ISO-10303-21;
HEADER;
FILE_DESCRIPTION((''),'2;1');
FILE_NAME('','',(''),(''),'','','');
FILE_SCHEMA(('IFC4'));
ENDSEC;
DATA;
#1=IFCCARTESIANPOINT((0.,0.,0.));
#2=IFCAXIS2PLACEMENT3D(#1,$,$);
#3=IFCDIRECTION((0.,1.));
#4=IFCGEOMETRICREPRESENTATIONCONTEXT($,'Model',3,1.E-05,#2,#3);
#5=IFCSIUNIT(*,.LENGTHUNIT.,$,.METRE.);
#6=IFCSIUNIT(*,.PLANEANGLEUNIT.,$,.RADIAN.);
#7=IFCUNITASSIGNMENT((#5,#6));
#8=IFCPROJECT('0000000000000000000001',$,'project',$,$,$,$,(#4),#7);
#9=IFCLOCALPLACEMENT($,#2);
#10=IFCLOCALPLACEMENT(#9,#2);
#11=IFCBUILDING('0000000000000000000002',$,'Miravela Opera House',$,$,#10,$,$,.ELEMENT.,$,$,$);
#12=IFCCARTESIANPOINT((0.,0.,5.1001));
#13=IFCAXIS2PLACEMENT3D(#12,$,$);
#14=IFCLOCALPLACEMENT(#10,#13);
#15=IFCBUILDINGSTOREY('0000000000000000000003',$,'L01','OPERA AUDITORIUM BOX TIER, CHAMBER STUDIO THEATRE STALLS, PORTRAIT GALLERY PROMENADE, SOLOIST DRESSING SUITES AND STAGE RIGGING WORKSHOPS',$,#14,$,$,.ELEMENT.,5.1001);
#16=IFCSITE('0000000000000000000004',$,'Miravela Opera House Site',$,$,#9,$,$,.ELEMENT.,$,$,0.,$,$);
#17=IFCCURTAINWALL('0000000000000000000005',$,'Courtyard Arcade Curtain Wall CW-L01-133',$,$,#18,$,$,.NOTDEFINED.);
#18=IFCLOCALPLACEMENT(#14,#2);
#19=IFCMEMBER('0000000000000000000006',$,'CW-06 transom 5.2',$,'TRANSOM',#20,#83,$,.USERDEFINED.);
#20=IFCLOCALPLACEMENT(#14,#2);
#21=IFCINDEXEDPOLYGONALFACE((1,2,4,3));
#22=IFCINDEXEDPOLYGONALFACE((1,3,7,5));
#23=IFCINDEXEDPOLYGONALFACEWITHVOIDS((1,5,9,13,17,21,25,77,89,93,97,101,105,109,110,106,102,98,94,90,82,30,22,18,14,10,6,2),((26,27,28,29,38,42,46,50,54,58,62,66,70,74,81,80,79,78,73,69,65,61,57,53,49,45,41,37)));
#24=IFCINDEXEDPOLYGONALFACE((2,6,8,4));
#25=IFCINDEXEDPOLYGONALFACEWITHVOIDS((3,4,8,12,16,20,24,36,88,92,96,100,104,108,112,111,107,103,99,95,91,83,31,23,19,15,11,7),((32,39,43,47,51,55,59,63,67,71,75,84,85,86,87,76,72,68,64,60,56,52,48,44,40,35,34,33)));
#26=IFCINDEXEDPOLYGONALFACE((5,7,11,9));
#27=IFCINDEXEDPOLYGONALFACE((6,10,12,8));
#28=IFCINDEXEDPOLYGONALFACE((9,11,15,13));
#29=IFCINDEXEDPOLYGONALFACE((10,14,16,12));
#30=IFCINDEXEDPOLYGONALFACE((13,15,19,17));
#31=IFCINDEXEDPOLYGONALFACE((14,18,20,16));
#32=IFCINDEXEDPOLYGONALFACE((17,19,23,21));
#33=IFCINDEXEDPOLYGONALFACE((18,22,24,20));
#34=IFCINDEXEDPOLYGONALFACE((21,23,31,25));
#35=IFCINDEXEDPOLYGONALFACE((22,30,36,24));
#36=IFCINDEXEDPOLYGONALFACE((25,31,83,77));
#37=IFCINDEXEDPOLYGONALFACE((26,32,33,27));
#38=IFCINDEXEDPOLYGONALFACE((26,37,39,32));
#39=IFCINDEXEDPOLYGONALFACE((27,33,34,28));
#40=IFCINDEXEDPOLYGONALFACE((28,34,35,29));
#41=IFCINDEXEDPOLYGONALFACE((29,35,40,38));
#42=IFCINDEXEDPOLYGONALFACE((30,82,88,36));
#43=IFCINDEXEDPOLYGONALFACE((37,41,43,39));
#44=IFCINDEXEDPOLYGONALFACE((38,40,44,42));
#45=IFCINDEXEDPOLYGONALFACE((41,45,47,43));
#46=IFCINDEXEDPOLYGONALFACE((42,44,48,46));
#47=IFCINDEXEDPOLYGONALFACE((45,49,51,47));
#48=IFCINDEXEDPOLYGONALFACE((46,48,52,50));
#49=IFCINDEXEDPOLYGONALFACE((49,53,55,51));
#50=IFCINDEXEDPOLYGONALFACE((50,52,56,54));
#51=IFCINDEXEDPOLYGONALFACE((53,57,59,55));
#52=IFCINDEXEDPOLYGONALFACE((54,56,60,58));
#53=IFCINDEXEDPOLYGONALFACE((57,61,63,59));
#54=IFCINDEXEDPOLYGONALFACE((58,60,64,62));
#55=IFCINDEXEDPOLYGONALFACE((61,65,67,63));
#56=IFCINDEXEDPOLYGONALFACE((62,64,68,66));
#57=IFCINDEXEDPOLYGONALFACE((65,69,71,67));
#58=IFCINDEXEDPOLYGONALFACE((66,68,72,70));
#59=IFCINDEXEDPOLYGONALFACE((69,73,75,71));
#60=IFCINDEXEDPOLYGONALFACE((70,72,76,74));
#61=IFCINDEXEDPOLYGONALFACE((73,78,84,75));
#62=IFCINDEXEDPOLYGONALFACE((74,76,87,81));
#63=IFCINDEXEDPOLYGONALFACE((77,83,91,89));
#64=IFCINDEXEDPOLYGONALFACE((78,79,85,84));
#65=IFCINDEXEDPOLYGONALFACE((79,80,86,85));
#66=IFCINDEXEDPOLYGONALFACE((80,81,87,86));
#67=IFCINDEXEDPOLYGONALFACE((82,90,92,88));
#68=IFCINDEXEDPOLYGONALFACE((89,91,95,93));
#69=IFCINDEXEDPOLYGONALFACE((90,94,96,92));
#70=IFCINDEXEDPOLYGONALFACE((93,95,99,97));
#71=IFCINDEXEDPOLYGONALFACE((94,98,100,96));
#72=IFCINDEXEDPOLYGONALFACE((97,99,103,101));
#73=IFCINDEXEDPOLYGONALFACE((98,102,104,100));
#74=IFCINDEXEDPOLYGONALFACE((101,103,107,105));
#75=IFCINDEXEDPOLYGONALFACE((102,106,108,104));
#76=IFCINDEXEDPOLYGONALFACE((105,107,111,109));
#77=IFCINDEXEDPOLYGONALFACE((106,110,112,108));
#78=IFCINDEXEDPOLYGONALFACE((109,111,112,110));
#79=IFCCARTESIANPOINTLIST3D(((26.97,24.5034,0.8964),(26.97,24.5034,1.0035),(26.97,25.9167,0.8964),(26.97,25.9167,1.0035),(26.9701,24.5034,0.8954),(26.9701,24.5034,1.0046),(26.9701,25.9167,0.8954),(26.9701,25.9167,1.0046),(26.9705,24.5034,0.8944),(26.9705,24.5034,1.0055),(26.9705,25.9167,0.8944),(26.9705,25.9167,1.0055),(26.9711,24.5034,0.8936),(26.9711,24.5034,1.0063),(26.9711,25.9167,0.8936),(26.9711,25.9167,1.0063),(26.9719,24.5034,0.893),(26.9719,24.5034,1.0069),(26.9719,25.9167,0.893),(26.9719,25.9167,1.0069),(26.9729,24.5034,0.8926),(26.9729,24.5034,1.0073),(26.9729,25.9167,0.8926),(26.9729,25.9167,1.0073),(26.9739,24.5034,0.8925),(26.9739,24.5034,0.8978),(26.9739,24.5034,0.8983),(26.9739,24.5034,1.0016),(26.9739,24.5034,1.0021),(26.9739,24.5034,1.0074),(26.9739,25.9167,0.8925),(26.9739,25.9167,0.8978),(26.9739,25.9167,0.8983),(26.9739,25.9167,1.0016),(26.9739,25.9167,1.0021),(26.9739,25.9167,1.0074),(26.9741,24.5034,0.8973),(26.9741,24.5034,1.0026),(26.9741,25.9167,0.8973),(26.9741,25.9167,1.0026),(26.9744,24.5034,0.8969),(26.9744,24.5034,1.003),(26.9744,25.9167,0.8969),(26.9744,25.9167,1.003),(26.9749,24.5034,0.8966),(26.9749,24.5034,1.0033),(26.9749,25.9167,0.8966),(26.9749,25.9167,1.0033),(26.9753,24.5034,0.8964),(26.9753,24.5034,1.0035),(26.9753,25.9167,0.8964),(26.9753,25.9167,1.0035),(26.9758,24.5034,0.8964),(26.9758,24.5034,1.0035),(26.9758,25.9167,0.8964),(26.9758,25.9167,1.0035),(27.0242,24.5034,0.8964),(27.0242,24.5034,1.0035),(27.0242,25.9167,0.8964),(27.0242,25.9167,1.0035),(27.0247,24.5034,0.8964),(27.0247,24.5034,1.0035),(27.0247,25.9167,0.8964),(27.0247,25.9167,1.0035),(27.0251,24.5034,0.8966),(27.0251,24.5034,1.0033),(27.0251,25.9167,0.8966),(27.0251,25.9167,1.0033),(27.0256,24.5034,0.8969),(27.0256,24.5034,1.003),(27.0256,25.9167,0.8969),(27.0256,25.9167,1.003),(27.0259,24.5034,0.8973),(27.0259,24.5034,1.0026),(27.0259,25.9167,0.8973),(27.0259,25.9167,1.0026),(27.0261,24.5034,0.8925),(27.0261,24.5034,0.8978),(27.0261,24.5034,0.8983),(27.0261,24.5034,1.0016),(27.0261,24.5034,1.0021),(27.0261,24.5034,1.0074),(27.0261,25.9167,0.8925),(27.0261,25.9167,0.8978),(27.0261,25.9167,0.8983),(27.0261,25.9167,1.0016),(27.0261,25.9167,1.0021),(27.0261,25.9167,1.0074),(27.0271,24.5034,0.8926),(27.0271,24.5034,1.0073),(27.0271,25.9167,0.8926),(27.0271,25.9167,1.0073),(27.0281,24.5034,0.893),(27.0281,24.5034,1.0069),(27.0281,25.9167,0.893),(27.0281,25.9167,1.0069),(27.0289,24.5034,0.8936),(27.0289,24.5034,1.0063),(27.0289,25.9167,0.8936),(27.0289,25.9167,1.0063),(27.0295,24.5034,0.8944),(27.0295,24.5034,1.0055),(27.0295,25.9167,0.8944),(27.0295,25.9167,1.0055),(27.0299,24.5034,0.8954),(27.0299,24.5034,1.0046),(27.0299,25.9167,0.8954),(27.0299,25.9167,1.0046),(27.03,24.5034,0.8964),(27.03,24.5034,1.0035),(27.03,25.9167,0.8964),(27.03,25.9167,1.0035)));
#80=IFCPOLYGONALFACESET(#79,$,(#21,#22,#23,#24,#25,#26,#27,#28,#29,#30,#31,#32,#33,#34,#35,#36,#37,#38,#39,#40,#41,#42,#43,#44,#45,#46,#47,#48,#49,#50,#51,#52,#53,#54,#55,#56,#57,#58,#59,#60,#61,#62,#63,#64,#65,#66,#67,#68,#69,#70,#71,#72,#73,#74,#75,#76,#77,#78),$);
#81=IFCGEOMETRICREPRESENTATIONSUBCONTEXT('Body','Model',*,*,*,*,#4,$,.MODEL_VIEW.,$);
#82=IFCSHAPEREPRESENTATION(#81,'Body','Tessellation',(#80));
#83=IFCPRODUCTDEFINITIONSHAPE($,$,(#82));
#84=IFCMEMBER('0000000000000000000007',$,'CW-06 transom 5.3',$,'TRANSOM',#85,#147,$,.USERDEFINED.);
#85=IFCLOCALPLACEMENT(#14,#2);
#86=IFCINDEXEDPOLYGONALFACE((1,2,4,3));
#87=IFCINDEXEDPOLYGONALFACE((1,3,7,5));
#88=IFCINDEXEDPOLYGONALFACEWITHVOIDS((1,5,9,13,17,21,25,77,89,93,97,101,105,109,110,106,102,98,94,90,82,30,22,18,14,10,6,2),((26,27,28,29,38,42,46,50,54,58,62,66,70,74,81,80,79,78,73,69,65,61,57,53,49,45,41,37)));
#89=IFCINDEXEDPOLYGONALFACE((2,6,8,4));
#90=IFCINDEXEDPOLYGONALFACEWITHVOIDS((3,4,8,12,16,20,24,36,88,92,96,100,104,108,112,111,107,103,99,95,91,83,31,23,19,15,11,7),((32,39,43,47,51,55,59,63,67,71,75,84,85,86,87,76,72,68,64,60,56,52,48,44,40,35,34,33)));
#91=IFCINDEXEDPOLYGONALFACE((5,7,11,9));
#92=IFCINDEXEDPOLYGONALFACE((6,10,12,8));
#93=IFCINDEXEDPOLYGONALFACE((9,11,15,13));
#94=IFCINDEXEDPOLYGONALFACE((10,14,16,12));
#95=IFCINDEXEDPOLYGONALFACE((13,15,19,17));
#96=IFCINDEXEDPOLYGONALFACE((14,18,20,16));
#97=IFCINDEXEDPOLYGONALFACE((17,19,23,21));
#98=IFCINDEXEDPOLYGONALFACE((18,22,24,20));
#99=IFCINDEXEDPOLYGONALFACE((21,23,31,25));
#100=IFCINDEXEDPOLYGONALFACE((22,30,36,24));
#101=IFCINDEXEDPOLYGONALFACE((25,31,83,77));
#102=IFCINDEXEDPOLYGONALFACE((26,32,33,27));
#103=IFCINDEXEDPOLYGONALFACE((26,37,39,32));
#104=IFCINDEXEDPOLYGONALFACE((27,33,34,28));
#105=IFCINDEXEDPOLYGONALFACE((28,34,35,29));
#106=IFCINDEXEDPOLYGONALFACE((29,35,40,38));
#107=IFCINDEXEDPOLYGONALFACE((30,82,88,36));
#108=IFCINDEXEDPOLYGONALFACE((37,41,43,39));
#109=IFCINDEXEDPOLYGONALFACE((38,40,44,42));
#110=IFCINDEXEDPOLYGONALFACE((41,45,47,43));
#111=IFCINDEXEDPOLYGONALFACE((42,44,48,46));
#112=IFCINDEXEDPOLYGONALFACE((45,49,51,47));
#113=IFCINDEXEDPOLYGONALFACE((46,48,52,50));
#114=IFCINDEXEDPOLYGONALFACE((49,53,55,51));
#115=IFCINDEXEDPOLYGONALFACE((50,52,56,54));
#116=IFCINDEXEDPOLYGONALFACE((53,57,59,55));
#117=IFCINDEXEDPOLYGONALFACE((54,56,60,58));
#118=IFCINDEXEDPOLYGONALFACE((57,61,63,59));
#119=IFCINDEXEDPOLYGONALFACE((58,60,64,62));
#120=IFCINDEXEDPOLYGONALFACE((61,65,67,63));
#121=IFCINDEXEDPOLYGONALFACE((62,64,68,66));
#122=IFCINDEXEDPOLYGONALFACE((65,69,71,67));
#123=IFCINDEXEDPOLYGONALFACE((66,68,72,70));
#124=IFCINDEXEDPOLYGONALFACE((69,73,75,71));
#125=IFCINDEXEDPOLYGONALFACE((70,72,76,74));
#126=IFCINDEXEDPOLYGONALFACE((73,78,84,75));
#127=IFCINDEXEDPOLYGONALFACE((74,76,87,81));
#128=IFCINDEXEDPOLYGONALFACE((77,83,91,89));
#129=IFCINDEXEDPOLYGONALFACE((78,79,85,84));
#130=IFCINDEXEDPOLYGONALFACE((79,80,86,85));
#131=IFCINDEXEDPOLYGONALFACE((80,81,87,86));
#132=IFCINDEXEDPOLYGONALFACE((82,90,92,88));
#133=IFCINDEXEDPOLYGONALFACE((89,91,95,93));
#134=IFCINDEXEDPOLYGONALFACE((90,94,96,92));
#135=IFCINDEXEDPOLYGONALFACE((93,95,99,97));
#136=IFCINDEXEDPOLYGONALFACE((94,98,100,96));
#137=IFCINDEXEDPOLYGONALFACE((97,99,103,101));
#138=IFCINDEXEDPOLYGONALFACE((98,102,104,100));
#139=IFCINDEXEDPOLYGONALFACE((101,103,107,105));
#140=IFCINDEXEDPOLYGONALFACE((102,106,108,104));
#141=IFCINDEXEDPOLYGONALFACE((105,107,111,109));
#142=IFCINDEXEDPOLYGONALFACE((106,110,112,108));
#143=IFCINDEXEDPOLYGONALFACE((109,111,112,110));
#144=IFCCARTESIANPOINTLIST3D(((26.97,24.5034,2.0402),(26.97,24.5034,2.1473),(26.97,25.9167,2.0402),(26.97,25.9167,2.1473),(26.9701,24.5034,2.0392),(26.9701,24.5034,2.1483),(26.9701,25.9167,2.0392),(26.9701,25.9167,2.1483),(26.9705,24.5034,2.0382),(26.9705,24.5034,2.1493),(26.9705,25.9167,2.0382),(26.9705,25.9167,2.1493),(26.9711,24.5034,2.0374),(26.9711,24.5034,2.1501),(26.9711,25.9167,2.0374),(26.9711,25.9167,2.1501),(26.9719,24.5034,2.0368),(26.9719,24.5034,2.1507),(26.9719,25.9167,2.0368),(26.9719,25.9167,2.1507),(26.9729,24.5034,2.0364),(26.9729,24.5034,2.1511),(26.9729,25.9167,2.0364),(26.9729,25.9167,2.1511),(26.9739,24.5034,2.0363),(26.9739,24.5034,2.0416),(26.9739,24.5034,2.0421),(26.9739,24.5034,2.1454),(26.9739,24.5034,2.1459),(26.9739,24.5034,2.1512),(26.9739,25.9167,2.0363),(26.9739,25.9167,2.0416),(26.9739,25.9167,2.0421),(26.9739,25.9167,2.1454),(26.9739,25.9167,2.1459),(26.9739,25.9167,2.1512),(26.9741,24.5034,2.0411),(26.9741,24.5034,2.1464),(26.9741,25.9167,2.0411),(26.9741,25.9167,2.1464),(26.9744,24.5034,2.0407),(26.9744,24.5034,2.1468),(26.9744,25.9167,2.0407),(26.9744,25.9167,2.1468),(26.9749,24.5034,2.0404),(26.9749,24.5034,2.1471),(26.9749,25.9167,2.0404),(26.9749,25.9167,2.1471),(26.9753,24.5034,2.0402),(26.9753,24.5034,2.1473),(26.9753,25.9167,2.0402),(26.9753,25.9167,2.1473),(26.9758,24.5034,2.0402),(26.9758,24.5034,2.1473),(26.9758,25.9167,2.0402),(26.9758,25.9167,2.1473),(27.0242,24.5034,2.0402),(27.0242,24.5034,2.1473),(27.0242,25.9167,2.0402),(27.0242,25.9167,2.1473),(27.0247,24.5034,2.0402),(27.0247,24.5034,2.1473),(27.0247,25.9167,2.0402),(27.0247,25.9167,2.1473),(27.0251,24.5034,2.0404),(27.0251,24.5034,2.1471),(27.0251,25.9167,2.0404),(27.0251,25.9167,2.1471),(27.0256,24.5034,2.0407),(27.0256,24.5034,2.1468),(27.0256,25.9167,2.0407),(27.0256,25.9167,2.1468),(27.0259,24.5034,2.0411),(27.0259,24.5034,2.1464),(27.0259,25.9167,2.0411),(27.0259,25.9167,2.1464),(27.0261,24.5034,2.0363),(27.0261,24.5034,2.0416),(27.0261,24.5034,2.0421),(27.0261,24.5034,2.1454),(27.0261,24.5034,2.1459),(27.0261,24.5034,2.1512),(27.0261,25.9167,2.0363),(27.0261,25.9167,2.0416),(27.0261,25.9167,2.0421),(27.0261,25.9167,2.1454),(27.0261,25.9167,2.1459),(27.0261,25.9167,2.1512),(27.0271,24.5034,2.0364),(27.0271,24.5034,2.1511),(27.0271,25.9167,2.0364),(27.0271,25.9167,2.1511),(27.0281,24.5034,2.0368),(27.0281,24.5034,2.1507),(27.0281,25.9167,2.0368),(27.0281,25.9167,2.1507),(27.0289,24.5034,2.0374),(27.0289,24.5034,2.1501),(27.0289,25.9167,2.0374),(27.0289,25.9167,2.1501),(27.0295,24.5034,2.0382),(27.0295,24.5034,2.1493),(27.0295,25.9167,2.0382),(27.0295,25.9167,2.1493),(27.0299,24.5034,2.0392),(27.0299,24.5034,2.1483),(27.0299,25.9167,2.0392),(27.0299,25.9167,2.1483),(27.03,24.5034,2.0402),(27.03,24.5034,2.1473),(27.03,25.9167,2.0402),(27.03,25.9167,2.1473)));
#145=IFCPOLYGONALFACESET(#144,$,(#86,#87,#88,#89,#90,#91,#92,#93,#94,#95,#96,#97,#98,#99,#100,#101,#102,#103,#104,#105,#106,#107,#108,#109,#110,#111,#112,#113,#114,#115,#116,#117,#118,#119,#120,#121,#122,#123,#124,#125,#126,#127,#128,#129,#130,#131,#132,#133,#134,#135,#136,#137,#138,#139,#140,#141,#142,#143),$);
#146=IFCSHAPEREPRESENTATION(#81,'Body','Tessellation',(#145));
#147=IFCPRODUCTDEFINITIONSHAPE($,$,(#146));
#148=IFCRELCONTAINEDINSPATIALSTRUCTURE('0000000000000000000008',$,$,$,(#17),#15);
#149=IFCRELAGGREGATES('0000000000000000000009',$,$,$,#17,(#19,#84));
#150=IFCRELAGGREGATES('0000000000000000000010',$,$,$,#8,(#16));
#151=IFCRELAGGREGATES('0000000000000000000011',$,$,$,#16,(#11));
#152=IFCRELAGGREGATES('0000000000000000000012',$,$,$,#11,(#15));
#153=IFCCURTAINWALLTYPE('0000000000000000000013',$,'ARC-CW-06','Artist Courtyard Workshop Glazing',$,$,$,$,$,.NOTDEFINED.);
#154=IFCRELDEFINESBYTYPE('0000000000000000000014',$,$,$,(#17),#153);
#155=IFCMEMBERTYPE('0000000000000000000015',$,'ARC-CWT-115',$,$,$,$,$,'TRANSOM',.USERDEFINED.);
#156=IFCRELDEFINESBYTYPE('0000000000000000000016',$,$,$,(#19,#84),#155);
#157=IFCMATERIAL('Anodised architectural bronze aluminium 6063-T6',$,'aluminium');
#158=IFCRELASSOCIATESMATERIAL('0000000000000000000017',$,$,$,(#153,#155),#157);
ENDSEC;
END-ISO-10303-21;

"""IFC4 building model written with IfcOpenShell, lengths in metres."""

from ifc_helpers import new_model, si_unit, direction, frame, origin, origin_2d, place, context, subcontext, project, spatial, hollow_rectangle, extrude, material, material_profile, profile_set, type_object, element, aggregate, save


model = new_model("IFC4")

# Units and contexts
model_context = context("Model", 3, precision=1e-05, world=origin(), true_north=direction((0.0, 1.0)))
body_context = subcontext(model_context, "Body", "Model", "MODEL_VIEW")
ifc_project = project(units=[si_unit("LENGTHUNIT", "METRE"), si_unit("PLANEANGLEUNIT", "RADIAN")], contexts=[model_context])

# Site, building, storey
site_placement = place(None, origin())
site = spatial("IfcSite", under=ifc_project, at=site_placement, Name="Miravela Opera House Site", CompositionType="ELEMENT", RefElevation=0.0)
building_placement = place(site_placement, origin())
building = spatial("IfcBuilding", under=site, at=building_placement, Name="Miravela Opera House", CompositionType="ELEMENT")
storey_placement = place(building_placement, frame((0.0, 0.0, 5.1001)))
storey = spatial("IfcBuildingStorey", under=building, at=storey_placement, Name="L01", Description="OPERA AUDITORIUM BOX TIER, CHAMBER STUDIO THEATRE STALLS, PORTRAIT GALLERY PROMENADE, SOLOIST DRESSING SUITES AND STAGE RIGGING WORKSHOPS", CompositionType="ELEMENT", Elevation=5.1001)

# Curtain wall, members
ifc_material_1 = material(Name="Anodised architectural bronze aluminium 6063-T6", Category="aluminium")
curtain_wall_type = type_object("IfcCurtainWallType", Name="ARC-CW-06", Description="Artist Courtyard Workshop Glazing", PredefinedType="NOTDEFINED", material=ifc_material_1)
curtain_wall_placement = place(storey_placement, origin())
curtain_wall = element("IfcCurtainWall", 1, at=curtain_wall_placement, inside=storey, type_object=curtain_wall_type, Name="Courtyard Arcade Curtain Wall CW-L01-133", PredefinedType="NOTDEFINED")
ifc_material_profile_1 = material_profile(ifc_material_1, hollow_rectangle(XDim=0.0601, YDim=0.115, WallThickness=0.0039, InnerFilletRadius=0.002, OuterFilletRadius=0.0039, at=origin_2d()), Name="CWT-60X115")
ifc_profile_set_1 = profile_set([ifc_material_profile_1])
member_type_1 = type_object("IfcMemberType", Name="ARC-CWT-115", ElementType="TRANSOM", PredefinedType="USERDEFINED", material=ifc_profile_set_1)
member_1_placement = place(storey_placement, frame((27.0, 24.5034, 0.95), z_axis=(0.0, 1.0, 0.0), x_axis=(-1.0, 0.0, 0.0)))
member_1 = element("IfcMember", 2, at=member_1_placement, type_object=member_type_1, Name="CW-06 transom 5.2", ObjectType="TRANSOM", PredefinedType="USERDEFINED", context=body_context, shape_type="SweptSolid", body=[
    extrude(hollow_rectangle(XDim=0.0601, YDim=0.115, WallThickness=0.0039, InnerFilletRadius=0.002, OuterFilletRadius=0.0039, at=origin_2d()), origin(), (0.0, 0.0, 1.0), 1.4133),
])
member_2_placement = place(storey_placement, frame((27.0, 24.5034, 2.0938), z_axis=(0.0, 1.0, 0.0), x_axis=(-1.0, 0.0, 0.0)))
member_2 = element("IfcMember", 3, at=member_2_placement, type_object=member_type_1, Name="CW-06 transom 5.3", ObjectType="TRANSOM", PredefinedType="USERDEFINED", context=body_context, shape_type="SweptSolid", body=[
    extrude(hollow_rectangle(XDim=0.0601, YDim=0.115, WallThickness=0.0039, InnerFilletRadius=0.002, OuterFilletRadius=0.0039, at=origin_2d()), origin(), (0.0, 0.0, 1.0), 1.4133),
])
aggregate(curtain_wall, [member_1, member_2])

save(model, "model.ifc")
